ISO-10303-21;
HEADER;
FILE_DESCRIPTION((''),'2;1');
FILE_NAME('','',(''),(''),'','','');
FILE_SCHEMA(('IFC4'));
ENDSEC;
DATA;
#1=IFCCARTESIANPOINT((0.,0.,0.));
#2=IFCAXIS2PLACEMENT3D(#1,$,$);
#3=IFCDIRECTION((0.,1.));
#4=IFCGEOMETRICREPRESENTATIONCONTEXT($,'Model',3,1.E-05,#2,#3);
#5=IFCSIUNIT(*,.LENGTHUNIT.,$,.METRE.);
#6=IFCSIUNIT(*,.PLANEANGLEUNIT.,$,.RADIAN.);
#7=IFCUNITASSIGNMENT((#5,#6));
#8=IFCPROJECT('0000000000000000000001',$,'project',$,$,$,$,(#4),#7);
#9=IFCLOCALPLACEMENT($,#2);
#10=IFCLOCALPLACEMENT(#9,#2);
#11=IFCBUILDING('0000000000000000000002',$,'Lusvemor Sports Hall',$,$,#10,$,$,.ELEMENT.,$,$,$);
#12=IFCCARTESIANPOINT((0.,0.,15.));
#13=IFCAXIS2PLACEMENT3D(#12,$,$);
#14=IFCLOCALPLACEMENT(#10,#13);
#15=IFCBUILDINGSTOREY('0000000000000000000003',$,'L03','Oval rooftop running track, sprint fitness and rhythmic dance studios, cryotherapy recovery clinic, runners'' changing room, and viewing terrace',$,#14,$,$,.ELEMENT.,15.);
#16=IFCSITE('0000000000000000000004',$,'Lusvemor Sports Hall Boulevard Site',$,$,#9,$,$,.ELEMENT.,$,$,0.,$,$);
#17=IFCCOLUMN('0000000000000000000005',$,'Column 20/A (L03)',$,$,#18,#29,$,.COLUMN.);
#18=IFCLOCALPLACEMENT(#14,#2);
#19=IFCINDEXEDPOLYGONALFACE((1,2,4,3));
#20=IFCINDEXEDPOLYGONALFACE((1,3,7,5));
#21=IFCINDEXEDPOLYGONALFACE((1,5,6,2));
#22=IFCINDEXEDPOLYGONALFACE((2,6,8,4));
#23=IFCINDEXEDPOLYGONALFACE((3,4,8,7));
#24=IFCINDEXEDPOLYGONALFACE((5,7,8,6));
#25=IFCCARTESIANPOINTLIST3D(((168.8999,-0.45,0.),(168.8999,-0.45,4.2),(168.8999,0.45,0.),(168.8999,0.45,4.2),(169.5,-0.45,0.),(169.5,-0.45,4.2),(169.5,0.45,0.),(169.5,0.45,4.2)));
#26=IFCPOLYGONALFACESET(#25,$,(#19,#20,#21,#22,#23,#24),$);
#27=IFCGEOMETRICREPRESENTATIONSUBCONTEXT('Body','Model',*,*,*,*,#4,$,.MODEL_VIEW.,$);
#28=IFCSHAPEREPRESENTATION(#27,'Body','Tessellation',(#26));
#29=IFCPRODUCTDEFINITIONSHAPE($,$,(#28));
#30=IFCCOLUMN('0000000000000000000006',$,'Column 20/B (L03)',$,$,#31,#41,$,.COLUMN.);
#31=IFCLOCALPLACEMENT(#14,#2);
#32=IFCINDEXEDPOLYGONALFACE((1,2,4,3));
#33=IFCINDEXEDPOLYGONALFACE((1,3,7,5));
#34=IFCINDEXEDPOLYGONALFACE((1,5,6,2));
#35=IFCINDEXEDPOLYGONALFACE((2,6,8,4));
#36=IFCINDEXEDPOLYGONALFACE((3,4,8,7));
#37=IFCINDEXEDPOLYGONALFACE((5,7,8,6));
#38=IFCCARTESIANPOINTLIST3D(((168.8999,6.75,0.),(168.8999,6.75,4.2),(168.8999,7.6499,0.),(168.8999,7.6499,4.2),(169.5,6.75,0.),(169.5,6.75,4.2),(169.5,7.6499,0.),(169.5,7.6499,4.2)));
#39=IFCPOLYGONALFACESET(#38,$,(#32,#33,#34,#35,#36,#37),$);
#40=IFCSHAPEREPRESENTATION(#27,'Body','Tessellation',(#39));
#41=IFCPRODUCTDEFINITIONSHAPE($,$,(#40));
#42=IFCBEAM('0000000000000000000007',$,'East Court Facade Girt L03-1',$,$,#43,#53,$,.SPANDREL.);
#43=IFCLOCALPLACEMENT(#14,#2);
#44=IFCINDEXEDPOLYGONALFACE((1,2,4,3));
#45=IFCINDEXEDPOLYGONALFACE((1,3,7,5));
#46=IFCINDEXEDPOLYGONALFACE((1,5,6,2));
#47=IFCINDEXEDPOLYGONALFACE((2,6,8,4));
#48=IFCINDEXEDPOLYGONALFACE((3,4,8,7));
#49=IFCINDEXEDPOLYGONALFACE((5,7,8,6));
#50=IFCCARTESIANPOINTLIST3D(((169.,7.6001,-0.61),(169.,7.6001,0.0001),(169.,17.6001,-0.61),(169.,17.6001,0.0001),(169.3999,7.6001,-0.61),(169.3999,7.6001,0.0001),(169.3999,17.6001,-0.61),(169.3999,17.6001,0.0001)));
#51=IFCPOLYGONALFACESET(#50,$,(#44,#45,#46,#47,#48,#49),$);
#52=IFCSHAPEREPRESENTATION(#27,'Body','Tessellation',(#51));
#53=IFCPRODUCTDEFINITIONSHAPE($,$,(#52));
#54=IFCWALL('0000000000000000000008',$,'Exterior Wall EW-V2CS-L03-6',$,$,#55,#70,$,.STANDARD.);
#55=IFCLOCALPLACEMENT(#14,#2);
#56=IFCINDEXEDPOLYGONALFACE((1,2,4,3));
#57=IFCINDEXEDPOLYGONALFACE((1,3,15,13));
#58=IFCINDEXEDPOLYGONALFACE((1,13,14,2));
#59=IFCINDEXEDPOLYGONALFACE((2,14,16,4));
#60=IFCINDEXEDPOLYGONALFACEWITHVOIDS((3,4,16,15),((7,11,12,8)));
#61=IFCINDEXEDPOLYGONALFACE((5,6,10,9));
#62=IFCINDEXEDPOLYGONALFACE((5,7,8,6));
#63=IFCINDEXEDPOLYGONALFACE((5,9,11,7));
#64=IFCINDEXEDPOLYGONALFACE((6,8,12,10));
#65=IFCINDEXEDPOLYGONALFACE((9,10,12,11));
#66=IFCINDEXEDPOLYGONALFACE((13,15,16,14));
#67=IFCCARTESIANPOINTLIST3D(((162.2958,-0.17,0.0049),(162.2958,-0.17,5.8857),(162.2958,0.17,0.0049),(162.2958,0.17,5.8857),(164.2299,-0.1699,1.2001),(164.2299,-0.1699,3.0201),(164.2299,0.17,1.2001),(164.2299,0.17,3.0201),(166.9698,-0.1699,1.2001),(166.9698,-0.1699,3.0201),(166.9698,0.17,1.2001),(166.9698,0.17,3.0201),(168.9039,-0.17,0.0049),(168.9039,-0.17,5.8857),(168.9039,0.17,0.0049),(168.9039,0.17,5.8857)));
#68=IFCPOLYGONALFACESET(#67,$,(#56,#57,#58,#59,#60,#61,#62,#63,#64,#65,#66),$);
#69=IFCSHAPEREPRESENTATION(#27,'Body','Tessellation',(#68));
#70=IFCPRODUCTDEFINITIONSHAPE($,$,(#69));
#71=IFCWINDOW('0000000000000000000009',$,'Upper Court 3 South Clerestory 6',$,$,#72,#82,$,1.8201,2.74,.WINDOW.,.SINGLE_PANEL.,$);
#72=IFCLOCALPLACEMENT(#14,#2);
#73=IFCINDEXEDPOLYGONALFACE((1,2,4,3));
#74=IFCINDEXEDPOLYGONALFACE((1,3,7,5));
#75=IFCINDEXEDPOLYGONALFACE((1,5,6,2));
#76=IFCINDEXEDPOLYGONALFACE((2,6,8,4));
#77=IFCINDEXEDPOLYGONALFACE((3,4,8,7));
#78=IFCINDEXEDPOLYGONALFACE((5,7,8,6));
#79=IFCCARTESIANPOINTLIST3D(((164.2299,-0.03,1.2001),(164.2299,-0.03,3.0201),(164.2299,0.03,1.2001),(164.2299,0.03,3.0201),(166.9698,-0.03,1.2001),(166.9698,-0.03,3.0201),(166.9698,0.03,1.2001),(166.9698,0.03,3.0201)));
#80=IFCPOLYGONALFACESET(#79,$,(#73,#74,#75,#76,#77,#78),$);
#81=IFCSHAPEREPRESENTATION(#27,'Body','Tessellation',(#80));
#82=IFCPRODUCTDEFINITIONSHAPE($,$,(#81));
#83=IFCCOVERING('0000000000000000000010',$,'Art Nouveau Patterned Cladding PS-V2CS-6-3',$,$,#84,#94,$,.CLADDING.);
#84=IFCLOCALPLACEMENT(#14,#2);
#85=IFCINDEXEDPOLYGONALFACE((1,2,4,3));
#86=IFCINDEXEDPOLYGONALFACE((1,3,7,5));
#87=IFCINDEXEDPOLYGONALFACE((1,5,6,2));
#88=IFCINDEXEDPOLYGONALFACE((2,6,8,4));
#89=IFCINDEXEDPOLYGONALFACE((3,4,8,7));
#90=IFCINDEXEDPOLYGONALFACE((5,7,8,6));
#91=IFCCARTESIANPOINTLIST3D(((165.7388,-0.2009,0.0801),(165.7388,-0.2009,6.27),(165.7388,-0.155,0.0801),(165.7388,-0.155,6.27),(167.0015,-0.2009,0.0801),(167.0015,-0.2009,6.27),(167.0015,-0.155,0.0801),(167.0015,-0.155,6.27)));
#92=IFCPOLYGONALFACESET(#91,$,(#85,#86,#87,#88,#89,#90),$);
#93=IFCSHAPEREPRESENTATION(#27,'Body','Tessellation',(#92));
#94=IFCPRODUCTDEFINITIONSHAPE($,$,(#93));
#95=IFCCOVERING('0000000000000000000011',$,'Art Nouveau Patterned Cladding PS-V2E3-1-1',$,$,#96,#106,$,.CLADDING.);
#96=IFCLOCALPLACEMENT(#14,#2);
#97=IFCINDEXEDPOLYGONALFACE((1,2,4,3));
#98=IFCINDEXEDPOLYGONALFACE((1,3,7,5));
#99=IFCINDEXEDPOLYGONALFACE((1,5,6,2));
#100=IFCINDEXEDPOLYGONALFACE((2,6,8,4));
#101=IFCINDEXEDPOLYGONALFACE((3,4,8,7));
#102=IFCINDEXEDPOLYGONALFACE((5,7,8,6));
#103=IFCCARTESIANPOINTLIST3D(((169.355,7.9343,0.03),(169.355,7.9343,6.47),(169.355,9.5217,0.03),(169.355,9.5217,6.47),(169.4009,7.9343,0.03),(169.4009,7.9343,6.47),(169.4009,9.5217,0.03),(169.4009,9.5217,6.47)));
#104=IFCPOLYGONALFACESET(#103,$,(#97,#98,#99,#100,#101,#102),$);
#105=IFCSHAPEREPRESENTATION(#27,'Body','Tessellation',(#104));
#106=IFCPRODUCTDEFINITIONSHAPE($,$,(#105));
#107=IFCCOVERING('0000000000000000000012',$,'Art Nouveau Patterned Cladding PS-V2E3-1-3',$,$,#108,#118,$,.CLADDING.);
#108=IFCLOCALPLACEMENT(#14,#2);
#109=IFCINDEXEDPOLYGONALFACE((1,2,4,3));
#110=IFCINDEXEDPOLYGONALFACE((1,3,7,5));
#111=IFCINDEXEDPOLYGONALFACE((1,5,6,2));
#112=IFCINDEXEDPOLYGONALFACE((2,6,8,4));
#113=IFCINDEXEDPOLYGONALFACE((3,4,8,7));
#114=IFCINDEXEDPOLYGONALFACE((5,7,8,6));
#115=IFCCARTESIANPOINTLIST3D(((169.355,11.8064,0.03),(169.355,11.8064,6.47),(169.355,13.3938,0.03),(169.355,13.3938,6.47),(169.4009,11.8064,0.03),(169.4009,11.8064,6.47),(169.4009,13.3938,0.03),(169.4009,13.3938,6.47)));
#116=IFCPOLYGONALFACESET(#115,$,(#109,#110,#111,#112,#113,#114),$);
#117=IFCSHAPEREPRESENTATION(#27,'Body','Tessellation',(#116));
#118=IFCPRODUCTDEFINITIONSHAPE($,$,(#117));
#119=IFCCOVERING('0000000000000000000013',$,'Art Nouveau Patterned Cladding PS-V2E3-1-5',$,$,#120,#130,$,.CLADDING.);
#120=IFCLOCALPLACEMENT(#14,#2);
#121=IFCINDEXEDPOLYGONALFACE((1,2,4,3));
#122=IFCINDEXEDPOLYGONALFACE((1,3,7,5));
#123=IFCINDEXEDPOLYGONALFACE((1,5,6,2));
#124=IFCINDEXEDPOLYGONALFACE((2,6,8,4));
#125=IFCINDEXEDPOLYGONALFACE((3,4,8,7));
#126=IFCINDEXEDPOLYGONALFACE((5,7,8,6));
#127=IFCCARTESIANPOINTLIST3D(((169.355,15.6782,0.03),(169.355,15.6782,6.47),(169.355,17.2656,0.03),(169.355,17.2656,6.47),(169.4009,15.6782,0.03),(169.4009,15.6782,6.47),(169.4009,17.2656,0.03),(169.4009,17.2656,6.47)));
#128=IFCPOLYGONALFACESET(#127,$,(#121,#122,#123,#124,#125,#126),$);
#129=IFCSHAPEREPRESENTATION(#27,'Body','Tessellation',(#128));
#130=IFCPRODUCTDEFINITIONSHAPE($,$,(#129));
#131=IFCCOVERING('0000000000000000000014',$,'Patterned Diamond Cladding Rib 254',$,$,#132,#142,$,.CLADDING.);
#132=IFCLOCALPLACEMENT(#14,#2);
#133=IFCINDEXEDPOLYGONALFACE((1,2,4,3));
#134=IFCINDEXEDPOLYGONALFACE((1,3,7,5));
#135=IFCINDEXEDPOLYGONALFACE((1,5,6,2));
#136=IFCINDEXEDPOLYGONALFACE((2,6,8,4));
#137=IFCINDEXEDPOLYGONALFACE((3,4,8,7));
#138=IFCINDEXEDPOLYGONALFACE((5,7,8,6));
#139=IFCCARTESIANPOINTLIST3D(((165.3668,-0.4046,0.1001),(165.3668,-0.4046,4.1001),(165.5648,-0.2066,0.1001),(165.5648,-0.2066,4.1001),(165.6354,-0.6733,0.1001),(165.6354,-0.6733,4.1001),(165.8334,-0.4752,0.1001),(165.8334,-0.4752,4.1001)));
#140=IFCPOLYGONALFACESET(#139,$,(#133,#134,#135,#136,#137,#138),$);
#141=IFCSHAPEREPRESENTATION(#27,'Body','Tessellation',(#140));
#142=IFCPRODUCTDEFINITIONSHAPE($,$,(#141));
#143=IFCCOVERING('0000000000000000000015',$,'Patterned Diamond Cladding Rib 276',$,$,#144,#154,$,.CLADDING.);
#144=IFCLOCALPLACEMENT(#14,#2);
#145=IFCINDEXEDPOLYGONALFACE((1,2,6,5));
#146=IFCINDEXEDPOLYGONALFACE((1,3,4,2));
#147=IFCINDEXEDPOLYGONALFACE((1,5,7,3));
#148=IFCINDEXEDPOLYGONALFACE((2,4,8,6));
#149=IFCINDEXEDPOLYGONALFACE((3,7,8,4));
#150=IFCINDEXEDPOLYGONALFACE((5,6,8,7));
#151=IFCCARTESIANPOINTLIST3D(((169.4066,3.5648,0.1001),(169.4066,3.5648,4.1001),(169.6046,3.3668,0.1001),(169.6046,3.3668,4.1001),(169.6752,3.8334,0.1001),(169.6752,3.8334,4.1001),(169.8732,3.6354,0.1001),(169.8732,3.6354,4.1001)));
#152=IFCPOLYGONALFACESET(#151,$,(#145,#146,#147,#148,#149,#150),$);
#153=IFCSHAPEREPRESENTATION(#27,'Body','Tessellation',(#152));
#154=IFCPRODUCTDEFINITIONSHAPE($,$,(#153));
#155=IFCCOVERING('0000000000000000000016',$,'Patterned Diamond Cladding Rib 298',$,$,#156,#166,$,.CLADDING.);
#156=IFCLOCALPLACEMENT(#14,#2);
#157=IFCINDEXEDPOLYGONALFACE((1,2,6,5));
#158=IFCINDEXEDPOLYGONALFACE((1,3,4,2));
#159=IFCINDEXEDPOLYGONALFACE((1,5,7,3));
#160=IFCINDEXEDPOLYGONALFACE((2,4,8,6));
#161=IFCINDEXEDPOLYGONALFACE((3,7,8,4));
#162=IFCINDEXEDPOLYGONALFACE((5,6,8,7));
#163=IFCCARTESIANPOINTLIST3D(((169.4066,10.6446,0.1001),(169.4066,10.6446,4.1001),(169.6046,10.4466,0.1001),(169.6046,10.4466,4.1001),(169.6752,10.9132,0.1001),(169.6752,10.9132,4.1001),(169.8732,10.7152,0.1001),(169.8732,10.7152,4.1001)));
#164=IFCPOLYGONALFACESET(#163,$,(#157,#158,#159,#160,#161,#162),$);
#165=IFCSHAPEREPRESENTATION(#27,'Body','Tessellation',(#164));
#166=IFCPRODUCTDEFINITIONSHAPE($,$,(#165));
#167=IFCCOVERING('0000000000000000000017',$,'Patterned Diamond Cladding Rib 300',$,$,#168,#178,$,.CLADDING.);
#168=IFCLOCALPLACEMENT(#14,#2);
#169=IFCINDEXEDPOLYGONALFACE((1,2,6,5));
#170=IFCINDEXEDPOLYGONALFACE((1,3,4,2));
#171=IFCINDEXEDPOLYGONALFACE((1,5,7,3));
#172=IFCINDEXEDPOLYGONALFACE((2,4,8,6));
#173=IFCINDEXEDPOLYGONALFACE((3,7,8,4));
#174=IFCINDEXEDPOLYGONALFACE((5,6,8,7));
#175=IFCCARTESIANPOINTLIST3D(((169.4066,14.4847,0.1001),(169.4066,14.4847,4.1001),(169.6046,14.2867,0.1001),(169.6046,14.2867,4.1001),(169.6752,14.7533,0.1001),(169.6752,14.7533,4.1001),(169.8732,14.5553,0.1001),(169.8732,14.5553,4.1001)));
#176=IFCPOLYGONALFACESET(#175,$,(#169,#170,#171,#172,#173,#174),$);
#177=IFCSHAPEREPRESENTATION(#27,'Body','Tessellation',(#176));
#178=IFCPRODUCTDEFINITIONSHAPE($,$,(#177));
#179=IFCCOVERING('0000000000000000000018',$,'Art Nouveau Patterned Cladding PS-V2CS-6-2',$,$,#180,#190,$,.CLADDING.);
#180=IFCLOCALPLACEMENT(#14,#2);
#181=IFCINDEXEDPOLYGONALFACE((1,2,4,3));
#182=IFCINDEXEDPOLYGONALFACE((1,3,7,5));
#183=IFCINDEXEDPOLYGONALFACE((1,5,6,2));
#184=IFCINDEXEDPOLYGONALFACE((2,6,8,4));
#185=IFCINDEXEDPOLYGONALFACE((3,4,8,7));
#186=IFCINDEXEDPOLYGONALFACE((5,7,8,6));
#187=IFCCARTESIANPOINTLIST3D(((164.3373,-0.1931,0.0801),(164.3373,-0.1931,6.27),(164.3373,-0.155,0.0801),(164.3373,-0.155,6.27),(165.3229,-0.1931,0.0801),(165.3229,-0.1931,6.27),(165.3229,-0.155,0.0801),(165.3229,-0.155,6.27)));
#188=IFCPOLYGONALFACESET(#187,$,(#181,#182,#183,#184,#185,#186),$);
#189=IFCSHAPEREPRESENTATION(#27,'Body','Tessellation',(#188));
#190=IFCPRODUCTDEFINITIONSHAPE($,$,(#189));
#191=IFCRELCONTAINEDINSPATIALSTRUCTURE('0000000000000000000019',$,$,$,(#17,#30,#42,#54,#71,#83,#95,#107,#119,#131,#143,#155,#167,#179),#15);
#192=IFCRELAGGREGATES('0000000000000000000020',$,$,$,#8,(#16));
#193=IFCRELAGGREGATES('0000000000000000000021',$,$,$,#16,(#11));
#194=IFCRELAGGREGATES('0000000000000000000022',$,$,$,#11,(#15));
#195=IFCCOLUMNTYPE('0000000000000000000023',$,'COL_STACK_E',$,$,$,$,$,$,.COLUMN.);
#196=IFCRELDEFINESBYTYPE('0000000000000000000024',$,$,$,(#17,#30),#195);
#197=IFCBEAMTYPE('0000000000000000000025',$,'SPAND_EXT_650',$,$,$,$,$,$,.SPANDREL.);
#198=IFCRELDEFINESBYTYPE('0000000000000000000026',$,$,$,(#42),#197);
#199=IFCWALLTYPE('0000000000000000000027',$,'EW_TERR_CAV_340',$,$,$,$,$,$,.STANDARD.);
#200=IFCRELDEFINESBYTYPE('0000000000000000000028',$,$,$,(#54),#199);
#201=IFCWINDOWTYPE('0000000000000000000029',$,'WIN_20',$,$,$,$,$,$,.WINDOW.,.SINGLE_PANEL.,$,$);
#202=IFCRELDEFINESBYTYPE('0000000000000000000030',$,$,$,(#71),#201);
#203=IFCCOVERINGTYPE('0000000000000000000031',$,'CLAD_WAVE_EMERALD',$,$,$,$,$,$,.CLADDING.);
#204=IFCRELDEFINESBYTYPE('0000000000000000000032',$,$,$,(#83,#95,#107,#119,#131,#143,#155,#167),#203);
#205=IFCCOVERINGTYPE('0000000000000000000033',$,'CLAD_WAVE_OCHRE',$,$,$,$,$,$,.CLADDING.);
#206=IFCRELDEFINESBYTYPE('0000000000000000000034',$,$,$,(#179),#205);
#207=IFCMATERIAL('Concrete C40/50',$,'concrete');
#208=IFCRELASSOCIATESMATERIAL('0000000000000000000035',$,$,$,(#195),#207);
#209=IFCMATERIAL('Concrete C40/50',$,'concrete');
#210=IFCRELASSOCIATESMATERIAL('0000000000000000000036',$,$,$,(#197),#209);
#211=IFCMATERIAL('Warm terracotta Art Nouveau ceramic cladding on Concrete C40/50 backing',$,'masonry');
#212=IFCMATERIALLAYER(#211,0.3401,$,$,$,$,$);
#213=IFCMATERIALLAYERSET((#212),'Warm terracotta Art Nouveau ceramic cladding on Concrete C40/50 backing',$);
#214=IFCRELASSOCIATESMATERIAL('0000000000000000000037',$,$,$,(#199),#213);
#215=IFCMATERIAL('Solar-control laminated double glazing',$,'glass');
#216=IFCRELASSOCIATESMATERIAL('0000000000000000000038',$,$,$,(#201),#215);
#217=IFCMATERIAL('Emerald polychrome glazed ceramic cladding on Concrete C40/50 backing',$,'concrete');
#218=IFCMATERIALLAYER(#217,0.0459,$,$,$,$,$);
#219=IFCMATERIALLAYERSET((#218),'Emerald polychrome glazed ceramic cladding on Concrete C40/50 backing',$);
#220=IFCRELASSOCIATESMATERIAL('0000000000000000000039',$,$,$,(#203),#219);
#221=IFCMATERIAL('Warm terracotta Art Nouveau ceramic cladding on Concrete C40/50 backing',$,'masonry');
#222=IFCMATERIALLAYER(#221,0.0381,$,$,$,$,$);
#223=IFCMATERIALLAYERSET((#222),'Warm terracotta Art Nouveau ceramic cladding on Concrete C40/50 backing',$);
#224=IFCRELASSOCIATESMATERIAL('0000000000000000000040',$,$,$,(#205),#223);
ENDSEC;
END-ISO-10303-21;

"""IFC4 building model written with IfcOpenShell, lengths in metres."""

from ifc_helpers import new_model, si_unit, direction, frame, frame_2d, origin, origin_2d, place, context, subcontext, project, spatial, rectangle, extrude, material, layer, layer_set, material_profile, profile_set, type_object, element, fill, save


model = new_model("IFC4")

# Units and contexts
model_context = context("Model", 3, precision=1e-05, world=origin(), true_north=direction((0.0, 1.0)))
body_context = subcontext(model_context, "Body", "Model", "MODEL_VIEW")
ifc_project = project(units=[si_unit("LENGTHUNIT", "METRE"), si_unit("PLANEANGLEUNIT", "RADIAN")], contexts=[model_context])

# Site, building, storey
site_placement = place(None, origin())
site = spatial("IfcSite", under=ifc_project, at=site_placement, Name="Lusvemor Sports Hall Boulevard Site", CompositionType="ELEMENT", RefElevation=0.0)
building_placement = place(site_placement, origin())
building = spatial("IfcBuilding", under=site, at=building_placement, Name="Lusvemor Sports Hall", CompositionType="ELEMENT")
storey_placement = place(building_placement, frame((0.0, 0.0, 15.0)))
storey = spatial("IfcBuildingStorey", under=building, at=storey_placement, Name="L03", Description="Oval rooftop running track, sprint fitness and rhythmic dance studios, cryotherapy recovery clinic, runners' changing room, and viewing terrace", CompositionType="ELEMENT", Elevation=15.0)

# Columns
ifc_material_1 = material(Name="Concrete C40/50", Category="concrete")
ifc_material_profile_1 = material_profile(ifc_material_1, rectangle(XDim=0.6001, YDim=0.8999, at=origin_2d()), Name="RC600x900")
ifc_profile_set_1 = profile_set([ifc_material_profile_1], Name="Concrete C40/50")
column_type = type_object("IfcColumnType", Name="COL_STACK_E", PredefinedType="COLUMN", material=ifc_profile_set_1)
for number, where, z_axis, x_axis, name in (
    (1, (169.2, 0.0, 0.0), (0.0, 0.0, 1.0), (1.0, 0.0, 0.0), "Column 20/A (L03)"),
    (2, (169.2, 7.2, 0.0), (0.0, 0.0, 1.0), (1.0, 0.0, 0.0), "Column 20/B (L03)"),
):
    element("IfcColumn", number, at=place(storey_placement, frame(where, z_axis=z_axis, x_axis=x_axis)), inside=storey, type_object=column_type, Name=name, PredefinedType="COLUMN", context=body_context, shape_type="SweptSolid", body=[
        extrude(rectangle(XDim=0.6001, YDim=0.8999, at=origin_2d()), origin(), (0.0, 0.0, 1.0), 4.2),
    ])

# Beam
ifc_material_2 = material(Name="Concrete C40/50", Category="concrete")
ifc_material_profile_2 = material_profile(ifc_material_2, rectangle(XDim=0.3999, YDim=0.6101, at=origin_2d()), Name="RC400x610")
ifc_profile_set_2 = profile_set([ifc_material_profile_2], Name="Concrete C40/50")
beam_type = type_object("IfcBeamType", Name="SPAND_EXT_650", PredefinedType="SPANDREL", material=ifc_profile_set_2)
beam_placement = place(storey_placement, frame((169.2, 7.6001, -0.3049), z_axis=(0.0, 1.0, 0.0), x_axis=(-1.0, 0.0, 0.0)))
element("IfcBeam", 3, at=beam_placement, inside=storey, type_object=beam_type, Name="East Court Facade Girt L03-1", PredefinedType="SPANDREL", context=body_context, shape_type="SweptSolid", body=[
    extrude(rectangle(XDim=0.3999, YDim=0.6101, at=origin_2d()), origin(), (0.0, 0.0, 1.0), 10.0),
])

# Wall, opening, window
ifc_material_3 = material(Name="Warm terracotta Art Nouveau ceramic cladding on Concrete C40/50 backing", Category="masonry")
ifc_layer_1 = layer(ifc_material_3, 0.3401)
ifc_layer_set_1 = layer_set([ifc_layer_1], Name="Warm terracotta Art Nouveau ceramic cladding on Concrete C40/50 backing")
wall_type = type_object("IfcWallType", Name="EW_TERR_CAV_340", PredefinedType="STANDARD", material=ifc_layer_set_1)
wall_placement = place(storey_placement, frame((168.9041, 0.0, 0.0049), z_axis=(0.0, 0.0, 1.0), x_axis=(-1.0, 0.0, 0.0)))
wall = element("IfcWall", 4, at=wall_placement, inside=storey, type_object=wall_type, Name="Exterior Wall EW-V2CS-L03-6", PredefinedType="STANDARD", context=body_context, shape_type="SweptSolid", body=[
    extrude(rectangle(XDim=6.6082, YDim=0.3401, at=frame_2d((3.3042, 0.0))), origin(), (0.0, 0.0, 1.0), 5.8809),
])
opening_placement = place(wall_placement, frame((1.9341, 0.0, 1.1951)))
opening = element("IfcOpeningElement", 5, at=opening_placement, cuts=wall, PredefinedType="OPENING", context=body_context, shape_type="SweptSolid", body=[
    extrude(rectangle(XDim=2.74, YDim=1.8201, at=frame_2d((1.3701, 0.9102))), frame((0.0, 0.1699, 0.0), z_axis=(0.0, -1.0, 0.0), x_axis=(1.0, 0.0, 0.0)), (0.0, 0.0, 1.0), 0.3401),
])
ifc_material_4 = material(Name="Solar-control laminated double glazing", Category="glass")
window_type = type_object("IfcWindowType", Name="WIN_20", PartitioningType="SINGLE_PANEL", PredefinedType="WINDOW", material=ifc_material_4)
window_placement = place(opening_placement, origin())
window = element("IfcWindow", 6, at=window_placement, inside=storey, type_object=window_type, Name="Upper Court 3 South Clerestory 6", OverallHeight=1.8201, OverallWidth=2.74, PartitioningType="SINGLE_PANEL", PredefinedType="WINDOW", context=body_context, shape_type="SweptSolid", body=[
    extrude(rectangle(XDim=2.74, YDim=1.8201, at=frame_2d((1.3701, 0.9102))), frame((0.0, 0.03, 0.0), z_axis=(0.0, -1.0, 0.0), x_axis=(1.0, 0.0, 0.0)), (0.0, 0.0, 1.0), 0.0601),
])
fill(opening, window)

# Coverings
ifc_material_5 = material(Name="Emerald polychrome glazed ceramic cladding on Concrete C40/50 backing", Category="concrete")
ifc_layer_2 = layer(ifc_material_5, 0.0459)
ifc_layer_set_2 = layer_set([ifc_layer_2], Name="Emerald polychrome glazed ceramic cladding on Concrete C40/50 backing")
covering_type_1 = type_object("IfcCoveringType", Name="CLAD_WAVE_EMERALD", PredefinedType="CLADDING", material=ifc_layer_set_2)
covering_1_placement = place(storey_placement, frame((166.3701, -0.178, 0.0801), z_axis=(0.0, 0.0, 1.0), x_axis=(1.0, 0.0, 0.0)))
element("IfcCovering", 7, at=covering_1_placement, inside=storey, type_object=covering_type_1, Name="Art Nouveau Patterned Cladding PS-V2CS-6-3", PredefinedType="CLADDING", context=body_context, shape_type="SweptSolid", body=[
    extrude(rectangle(XDim=1.2627, YDim=0.0459, at=origin_2d()), origin(), (0.0, 0.0, 1.0), 6.1899),
])
for number, where, z_axis, x_axis, name in (
    (8, (169.3779, 8.728, 0.03), (0.0, 0.0, 1.0), (1.0, 0.0, 0.0), "Art Nouveau Patterned Cladding PS-V2E3-1-1"),
    (9, (169.3779, 12.6001, 0.03), (0.0, 0.0, 1.0), (1.0, 0.0, 0.0), "Art Nouveau Patterned Cladding PS-V2E3-1-3"),
    (10, (169.3779, 16.4719, 0.03), (0.0, 0.0, 1.0), (1.0, 0.0, 0.0), "Art Nouveau Patterned Cladding PS-V2E3-1-5"),
):
    element("IfcCovering", number, at=place(storey_placement, frame(where, z_axis=z_axis, x_axis=x_axis)), inside=storey, type_object=covering_type_1, Name=name, PredefinedType="CLADDING", context=body_context, shape_type="SweptSolid", body=[
        extrude(rectangle(XDim=0.0459, YDim=1.5874, at=origin_2d()), origin(), (0.0, 0.0, 1.0), 6.4399),
    ])
covering_2_placement = place(storey_placement, frame((165.6001, -0.4399, 0.1001), z_axis=(0.0, 0.0, 1.0), x_axis=(0.707107, 0.707107, 0.0)))
element("IfcCovering", 11, at=covering_2_placement, inside=storey, type_object=covering_type_1, Name="Patterned Diamond Cladding Rib 254", PredefinedType="CLADDING", context=body_context, shape_type="SweptSolid", body=[
    extrude(rectangle(XDim=0.28, YDim=0.3799, at=origin_2d()), origin(), (0.0, 0.0, 1.0), 4.0),
])
for number, where, z_axis, x_axis, name in (
    (12, (169.6399, 3.6001, 0.1001), (0.0, 0.0, 1.0), (0.707107, 0.707107, 0.0), "Patterned Diamond Cladding Rib 276"),
    (13, (169.6399, 10.6799, 0.1001), (0.0, 0.0, 1.0), (0.707107, 0.707107, 0.0), "Patterned Diamond Cladding Rib 298"),
    (14, (169.6399, 14.52, 0.1001), (0.0, 0.0, 1.0), (0.707107, 0.707107, 0.0), "Patterned Diamond Cladding Rib 300"),
):
    element("IfcCovering", number, at=place(storey_placement, frame(where, z_axis=z_axis, x_axis=x_axis)), inside=storey, type_object=covering_type_1, Name=name, PredefinedType="CLADDING", context=body_context, shape_type="SweptSolid", body=[
        extrude(rectangle(XDim=0.3799, YDim=0.28, at=origin_2d()), origin(), (0.0, 0.0, 1.0), 4.0),
    ])
ifc_material_6 = material(Name="Warm terracotta Art Nouveau ceramic cladding on Concrete C40/50 backing", Category="masonry")
ifc_layer_3 = layer(ifc_material_6, 0.0381)
ifc_layer_set_3 = layer_set([ifc_layer_3], Name="Warm terracotta Art Nouveau ceramic cladding on Concrete C40/50 backing")
covering_type_2 = type_object("IfcCoveringType", Name="CLAD_WAVE_OCHRE", PredefinedType="CLADDING", material=ifc_layer_set_3)
for number, where, z_axis, x_axis, name in (
    (15, (164.8301, -0.1741, 0.0801), (0.0, 0.0, 1.0), (1.0, 0.0, 0.0), "Art Nouveau Patterned Cladding PS-V2CS-6-2"),
):
    element("IfcCovering", number, at=place(storey_placement, frame(where, z_axis=z_axis, x_axis=x_axis)), inside=storey, type_object=covering_type_2, Name=name, PredefinedType="CLADDING", context=body_context, shape_type="SweptSolid", body=[
        extrude(rectangle(XDim=0.9856, YDim=0.0381, at=origin_2d()), origin(), (0.0, 0.0, 1.0), 6.1899),
    ])

save(model, "model.ifc")
